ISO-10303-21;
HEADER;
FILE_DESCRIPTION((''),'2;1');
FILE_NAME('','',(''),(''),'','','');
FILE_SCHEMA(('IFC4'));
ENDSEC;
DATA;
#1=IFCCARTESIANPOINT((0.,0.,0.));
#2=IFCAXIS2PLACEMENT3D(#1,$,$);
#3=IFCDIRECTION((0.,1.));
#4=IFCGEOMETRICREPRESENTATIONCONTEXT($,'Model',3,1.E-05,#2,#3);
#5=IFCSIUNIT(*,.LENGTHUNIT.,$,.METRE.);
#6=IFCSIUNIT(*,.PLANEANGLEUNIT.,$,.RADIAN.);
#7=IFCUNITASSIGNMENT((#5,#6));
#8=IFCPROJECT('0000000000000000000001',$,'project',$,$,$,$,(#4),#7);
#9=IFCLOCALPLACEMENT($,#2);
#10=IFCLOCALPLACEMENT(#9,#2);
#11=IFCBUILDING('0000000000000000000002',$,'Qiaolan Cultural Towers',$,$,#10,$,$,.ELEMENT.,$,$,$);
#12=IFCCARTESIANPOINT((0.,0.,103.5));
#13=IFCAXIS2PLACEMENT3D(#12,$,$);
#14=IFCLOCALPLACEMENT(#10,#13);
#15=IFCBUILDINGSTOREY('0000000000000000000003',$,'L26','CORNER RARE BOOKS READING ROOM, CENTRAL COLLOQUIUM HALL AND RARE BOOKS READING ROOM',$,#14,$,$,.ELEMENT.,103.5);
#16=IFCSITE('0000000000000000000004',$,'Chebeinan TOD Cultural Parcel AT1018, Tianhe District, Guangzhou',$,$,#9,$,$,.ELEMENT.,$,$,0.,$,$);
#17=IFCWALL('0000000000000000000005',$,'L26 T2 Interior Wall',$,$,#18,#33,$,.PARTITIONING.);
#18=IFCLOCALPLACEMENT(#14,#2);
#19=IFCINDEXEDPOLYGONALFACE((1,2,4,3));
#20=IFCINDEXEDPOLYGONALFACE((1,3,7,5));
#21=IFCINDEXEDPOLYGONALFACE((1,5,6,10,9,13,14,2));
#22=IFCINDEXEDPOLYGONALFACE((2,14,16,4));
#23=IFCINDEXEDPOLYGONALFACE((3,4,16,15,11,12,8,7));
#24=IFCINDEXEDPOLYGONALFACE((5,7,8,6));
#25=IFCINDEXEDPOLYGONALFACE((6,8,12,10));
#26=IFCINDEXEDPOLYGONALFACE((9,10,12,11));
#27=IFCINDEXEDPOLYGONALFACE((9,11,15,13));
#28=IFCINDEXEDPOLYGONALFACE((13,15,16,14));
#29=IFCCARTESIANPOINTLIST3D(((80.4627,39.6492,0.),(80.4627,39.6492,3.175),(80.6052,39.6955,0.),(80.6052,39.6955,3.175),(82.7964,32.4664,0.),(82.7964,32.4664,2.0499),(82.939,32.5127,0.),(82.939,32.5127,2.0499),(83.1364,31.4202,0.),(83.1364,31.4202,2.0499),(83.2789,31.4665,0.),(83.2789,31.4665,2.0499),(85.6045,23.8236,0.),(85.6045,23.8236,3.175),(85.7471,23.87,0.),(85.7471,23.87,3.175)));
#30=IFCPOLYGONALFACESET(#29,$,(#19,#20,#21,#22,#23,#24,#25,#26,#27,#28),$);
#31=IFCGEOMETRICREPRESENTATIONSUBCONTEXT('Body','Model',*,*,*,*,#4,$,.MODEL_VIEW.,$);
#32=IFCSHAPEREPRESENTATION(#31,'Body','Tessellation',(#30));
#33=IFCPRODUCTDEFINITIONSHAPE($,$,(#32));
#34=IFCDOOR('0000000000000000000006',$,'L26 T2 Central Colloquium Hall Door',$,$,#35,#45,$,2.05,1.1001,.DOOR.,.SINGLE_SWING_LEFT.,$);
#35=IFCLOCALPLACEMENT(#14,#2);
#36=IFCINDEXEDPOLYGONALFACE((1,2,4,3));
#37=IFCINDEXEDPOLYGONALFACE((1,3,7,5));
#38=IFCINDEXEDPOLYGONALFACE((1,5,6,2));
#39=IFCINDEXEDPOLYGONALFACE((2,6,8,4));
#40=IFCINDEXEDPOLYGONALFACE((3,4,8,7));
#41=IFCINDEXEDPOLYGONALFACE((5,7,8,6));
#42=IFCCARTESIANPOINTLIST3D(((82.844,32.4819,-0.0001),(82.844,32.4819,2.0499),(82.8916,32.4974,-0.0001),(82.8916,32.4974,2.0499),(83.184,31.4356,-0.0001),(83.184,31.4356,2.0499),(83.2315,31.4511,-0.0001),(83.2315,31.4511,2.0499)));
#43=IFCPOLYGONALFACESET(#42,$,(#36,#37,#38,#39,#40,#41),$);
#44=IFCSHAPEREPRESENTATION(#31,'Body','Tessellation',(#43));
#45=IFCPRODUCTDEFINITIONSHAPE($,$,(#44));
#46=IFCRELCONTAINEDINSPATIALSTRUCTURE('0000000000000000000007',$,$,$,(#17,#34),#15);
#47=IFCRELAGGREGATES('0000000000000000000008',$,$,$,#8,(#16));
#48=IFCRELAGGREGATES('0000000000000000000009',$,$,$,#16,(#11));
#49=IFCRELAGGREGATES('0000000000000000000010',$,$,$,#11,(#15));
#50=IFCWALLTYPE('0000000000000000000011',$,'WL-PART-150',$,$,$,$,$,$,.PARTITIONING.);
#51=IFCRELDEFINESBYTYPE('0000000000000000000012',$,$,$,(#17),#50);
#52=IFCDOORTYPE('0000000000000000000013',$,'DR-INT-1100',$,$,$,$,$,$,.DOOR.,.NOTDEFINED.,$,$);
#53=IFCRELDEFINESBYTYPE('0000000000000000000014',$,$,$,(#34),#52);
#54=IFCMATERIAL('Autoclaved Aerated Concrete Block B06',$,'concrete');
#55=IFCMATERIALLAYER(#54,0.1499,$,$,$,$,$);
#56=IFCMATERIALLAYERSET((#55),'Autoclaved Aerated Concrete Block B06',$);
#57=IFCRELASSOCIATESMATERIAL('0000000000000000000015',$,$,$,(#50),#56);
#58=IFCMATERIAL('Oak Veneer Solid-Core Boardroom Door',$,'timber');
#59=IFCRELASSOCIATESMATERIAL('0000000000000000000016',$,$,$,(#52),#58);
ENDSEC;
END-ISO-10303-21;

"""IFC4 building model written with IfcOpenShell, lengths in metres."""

from ifc_helpers import new_model, si_unit, direction, frame, frame_2d, origin, place, context, subcontext, project, spatial, rectangle, extrude, material, layer, layer_set, type_object, element, fill, save


model = new_model("IFC4")

# Units and contexts
model_context = context("Model", 3, precision=1e-05, world=origin(), true_north=direction((0.0, 1.0)))
body_context = subcontext(model_context, "Body", "Model", "MODEL_VIEW")
ifc_project = project(units=[si_unit("LENGTHUNIT", "METRE"), si_unit("PLANEANGLEUNIT", "RADIAN")], contexts=[model_context])

# Site, building, storey
site_placement = place(None, origin())
site = spatial("IfcSite", under=ifc_project, at=site_placement, Name="Chebeinan TOD Cultural Parcel AT1018, Tianhe District, Guangzhou", CompositionType="ELEMENT", RefElevation=0.0)
building_placement = place(site_placement, origin())
building = spatial("IfcBuilding", under=site, at=building_placement, Name="Qiaolan Cultural Towers", CompositionType="ELEMENT")
storey_placement = place(building_placement, frame((0.0, 0.0, 103.5)))
storey = spatial("IfcBuildingStorey", under=building, at=storey_placement, Name="L26", Description="CORNER RARE BOOKS READING ROOM, CENTRAL COLLOQUIUM HALL AND RARE BOOKS READING ROOM", CompositionType="ELEMENT", Elevation=103.5)

# Shared definitions
ifc_material_1 = material(Name="Autoclaved Aerated Concrete Block B06", Category="concrete")
ifc_layer_1 = layer(ifc_material_1, 0.1499)
ifc_layer_set_1 = layer_set([ifc_layer_1], Name="Autoclaved Aerated Concrete Block B06")
wall_type_1 = type_object("IfcWallType", Name="WL-PART-150", PredefinedType="PARTITIONING", material=ifc_layer_set_1)

# Wall, opening, door
wall_1_placement = place(storey_placement, frame((85.6758, 23.8469, 0.0), z_axis=(0.0, 0.0, 1.0), x_axis=(-0.309009, 0.951059, 0.0)))
wall_1 = element("IfcWall", 1, at=wall_1_placement, inside=storey, type_object=wall_type_1, Name="L26 T2 Interior Wall", PredefinedType="PARTITIONING", context=body_context, shape_type="SweptSolid", body=[
    extrude(rectangle(XDim=16.6399, YDim=0.1499, at=frame_2d((8.3198, 0.0))), origin(), (0.0, 0.0, 1.0), 3.175),
])
opening_1_placement = place(wall_1_placement, frame((7.9873, 0.0, 0.0)))
opening_1 = element("IfcOpeningElement", 2, at=opening_1_placement, cuts=wall_1, PredefinedType="OPENING", context=body_context, shape_type="SweptSolid", body=[
    extrude(rectangle(XDim=1.1001, YDim=2.05, at=frame_2d((0.55, 1.0249))), frame((0.0, 0.085, 0.0), z_axis=(0.0, -1.0, 0.0), x_axis=(1.0, 0.0, 0.0)), (0.0, 0.0, 1.0), 0.1699),
])
ifc_material_2 = material(Name="Oak Veneer Solid-Core Boardroom Door", Category="timber")
door_type_1 = type_object("IfcDoorType", Name="DR-INT-1100", OperationType="NOTDEFINED", PredefinedType="DOOR", material=ifc_material_2)
door_1_placement = place(opening_1_placement, origin())
door_1 = element("IfcDoor", 3, at=door_1_placement, inside=storey, type_object=door_type_1, Name="L26 T2 Central Colloquium Hall Door", OperationType="SINGLE_SWING_LEFT", OverallHeight=2.05, OverallWidth=1.1001, PredefinedType="DOOR", context=body_context, shape_type="SweptSolid", body=[
    extrude(rectangle(XDim=1.1001, YDim=2.05, at=frame_2d((0.55, 1.0249))), frame((0.0, 0.0249, 0.0), z_axis=(0.0, -1.0, 0.0), x_axis=(1.0, 0.0, 0.0)), (0.0, 0.0, 1.0), 0.05),
])
fill(opening_1, door_1)

save(model, "model.ifc")
